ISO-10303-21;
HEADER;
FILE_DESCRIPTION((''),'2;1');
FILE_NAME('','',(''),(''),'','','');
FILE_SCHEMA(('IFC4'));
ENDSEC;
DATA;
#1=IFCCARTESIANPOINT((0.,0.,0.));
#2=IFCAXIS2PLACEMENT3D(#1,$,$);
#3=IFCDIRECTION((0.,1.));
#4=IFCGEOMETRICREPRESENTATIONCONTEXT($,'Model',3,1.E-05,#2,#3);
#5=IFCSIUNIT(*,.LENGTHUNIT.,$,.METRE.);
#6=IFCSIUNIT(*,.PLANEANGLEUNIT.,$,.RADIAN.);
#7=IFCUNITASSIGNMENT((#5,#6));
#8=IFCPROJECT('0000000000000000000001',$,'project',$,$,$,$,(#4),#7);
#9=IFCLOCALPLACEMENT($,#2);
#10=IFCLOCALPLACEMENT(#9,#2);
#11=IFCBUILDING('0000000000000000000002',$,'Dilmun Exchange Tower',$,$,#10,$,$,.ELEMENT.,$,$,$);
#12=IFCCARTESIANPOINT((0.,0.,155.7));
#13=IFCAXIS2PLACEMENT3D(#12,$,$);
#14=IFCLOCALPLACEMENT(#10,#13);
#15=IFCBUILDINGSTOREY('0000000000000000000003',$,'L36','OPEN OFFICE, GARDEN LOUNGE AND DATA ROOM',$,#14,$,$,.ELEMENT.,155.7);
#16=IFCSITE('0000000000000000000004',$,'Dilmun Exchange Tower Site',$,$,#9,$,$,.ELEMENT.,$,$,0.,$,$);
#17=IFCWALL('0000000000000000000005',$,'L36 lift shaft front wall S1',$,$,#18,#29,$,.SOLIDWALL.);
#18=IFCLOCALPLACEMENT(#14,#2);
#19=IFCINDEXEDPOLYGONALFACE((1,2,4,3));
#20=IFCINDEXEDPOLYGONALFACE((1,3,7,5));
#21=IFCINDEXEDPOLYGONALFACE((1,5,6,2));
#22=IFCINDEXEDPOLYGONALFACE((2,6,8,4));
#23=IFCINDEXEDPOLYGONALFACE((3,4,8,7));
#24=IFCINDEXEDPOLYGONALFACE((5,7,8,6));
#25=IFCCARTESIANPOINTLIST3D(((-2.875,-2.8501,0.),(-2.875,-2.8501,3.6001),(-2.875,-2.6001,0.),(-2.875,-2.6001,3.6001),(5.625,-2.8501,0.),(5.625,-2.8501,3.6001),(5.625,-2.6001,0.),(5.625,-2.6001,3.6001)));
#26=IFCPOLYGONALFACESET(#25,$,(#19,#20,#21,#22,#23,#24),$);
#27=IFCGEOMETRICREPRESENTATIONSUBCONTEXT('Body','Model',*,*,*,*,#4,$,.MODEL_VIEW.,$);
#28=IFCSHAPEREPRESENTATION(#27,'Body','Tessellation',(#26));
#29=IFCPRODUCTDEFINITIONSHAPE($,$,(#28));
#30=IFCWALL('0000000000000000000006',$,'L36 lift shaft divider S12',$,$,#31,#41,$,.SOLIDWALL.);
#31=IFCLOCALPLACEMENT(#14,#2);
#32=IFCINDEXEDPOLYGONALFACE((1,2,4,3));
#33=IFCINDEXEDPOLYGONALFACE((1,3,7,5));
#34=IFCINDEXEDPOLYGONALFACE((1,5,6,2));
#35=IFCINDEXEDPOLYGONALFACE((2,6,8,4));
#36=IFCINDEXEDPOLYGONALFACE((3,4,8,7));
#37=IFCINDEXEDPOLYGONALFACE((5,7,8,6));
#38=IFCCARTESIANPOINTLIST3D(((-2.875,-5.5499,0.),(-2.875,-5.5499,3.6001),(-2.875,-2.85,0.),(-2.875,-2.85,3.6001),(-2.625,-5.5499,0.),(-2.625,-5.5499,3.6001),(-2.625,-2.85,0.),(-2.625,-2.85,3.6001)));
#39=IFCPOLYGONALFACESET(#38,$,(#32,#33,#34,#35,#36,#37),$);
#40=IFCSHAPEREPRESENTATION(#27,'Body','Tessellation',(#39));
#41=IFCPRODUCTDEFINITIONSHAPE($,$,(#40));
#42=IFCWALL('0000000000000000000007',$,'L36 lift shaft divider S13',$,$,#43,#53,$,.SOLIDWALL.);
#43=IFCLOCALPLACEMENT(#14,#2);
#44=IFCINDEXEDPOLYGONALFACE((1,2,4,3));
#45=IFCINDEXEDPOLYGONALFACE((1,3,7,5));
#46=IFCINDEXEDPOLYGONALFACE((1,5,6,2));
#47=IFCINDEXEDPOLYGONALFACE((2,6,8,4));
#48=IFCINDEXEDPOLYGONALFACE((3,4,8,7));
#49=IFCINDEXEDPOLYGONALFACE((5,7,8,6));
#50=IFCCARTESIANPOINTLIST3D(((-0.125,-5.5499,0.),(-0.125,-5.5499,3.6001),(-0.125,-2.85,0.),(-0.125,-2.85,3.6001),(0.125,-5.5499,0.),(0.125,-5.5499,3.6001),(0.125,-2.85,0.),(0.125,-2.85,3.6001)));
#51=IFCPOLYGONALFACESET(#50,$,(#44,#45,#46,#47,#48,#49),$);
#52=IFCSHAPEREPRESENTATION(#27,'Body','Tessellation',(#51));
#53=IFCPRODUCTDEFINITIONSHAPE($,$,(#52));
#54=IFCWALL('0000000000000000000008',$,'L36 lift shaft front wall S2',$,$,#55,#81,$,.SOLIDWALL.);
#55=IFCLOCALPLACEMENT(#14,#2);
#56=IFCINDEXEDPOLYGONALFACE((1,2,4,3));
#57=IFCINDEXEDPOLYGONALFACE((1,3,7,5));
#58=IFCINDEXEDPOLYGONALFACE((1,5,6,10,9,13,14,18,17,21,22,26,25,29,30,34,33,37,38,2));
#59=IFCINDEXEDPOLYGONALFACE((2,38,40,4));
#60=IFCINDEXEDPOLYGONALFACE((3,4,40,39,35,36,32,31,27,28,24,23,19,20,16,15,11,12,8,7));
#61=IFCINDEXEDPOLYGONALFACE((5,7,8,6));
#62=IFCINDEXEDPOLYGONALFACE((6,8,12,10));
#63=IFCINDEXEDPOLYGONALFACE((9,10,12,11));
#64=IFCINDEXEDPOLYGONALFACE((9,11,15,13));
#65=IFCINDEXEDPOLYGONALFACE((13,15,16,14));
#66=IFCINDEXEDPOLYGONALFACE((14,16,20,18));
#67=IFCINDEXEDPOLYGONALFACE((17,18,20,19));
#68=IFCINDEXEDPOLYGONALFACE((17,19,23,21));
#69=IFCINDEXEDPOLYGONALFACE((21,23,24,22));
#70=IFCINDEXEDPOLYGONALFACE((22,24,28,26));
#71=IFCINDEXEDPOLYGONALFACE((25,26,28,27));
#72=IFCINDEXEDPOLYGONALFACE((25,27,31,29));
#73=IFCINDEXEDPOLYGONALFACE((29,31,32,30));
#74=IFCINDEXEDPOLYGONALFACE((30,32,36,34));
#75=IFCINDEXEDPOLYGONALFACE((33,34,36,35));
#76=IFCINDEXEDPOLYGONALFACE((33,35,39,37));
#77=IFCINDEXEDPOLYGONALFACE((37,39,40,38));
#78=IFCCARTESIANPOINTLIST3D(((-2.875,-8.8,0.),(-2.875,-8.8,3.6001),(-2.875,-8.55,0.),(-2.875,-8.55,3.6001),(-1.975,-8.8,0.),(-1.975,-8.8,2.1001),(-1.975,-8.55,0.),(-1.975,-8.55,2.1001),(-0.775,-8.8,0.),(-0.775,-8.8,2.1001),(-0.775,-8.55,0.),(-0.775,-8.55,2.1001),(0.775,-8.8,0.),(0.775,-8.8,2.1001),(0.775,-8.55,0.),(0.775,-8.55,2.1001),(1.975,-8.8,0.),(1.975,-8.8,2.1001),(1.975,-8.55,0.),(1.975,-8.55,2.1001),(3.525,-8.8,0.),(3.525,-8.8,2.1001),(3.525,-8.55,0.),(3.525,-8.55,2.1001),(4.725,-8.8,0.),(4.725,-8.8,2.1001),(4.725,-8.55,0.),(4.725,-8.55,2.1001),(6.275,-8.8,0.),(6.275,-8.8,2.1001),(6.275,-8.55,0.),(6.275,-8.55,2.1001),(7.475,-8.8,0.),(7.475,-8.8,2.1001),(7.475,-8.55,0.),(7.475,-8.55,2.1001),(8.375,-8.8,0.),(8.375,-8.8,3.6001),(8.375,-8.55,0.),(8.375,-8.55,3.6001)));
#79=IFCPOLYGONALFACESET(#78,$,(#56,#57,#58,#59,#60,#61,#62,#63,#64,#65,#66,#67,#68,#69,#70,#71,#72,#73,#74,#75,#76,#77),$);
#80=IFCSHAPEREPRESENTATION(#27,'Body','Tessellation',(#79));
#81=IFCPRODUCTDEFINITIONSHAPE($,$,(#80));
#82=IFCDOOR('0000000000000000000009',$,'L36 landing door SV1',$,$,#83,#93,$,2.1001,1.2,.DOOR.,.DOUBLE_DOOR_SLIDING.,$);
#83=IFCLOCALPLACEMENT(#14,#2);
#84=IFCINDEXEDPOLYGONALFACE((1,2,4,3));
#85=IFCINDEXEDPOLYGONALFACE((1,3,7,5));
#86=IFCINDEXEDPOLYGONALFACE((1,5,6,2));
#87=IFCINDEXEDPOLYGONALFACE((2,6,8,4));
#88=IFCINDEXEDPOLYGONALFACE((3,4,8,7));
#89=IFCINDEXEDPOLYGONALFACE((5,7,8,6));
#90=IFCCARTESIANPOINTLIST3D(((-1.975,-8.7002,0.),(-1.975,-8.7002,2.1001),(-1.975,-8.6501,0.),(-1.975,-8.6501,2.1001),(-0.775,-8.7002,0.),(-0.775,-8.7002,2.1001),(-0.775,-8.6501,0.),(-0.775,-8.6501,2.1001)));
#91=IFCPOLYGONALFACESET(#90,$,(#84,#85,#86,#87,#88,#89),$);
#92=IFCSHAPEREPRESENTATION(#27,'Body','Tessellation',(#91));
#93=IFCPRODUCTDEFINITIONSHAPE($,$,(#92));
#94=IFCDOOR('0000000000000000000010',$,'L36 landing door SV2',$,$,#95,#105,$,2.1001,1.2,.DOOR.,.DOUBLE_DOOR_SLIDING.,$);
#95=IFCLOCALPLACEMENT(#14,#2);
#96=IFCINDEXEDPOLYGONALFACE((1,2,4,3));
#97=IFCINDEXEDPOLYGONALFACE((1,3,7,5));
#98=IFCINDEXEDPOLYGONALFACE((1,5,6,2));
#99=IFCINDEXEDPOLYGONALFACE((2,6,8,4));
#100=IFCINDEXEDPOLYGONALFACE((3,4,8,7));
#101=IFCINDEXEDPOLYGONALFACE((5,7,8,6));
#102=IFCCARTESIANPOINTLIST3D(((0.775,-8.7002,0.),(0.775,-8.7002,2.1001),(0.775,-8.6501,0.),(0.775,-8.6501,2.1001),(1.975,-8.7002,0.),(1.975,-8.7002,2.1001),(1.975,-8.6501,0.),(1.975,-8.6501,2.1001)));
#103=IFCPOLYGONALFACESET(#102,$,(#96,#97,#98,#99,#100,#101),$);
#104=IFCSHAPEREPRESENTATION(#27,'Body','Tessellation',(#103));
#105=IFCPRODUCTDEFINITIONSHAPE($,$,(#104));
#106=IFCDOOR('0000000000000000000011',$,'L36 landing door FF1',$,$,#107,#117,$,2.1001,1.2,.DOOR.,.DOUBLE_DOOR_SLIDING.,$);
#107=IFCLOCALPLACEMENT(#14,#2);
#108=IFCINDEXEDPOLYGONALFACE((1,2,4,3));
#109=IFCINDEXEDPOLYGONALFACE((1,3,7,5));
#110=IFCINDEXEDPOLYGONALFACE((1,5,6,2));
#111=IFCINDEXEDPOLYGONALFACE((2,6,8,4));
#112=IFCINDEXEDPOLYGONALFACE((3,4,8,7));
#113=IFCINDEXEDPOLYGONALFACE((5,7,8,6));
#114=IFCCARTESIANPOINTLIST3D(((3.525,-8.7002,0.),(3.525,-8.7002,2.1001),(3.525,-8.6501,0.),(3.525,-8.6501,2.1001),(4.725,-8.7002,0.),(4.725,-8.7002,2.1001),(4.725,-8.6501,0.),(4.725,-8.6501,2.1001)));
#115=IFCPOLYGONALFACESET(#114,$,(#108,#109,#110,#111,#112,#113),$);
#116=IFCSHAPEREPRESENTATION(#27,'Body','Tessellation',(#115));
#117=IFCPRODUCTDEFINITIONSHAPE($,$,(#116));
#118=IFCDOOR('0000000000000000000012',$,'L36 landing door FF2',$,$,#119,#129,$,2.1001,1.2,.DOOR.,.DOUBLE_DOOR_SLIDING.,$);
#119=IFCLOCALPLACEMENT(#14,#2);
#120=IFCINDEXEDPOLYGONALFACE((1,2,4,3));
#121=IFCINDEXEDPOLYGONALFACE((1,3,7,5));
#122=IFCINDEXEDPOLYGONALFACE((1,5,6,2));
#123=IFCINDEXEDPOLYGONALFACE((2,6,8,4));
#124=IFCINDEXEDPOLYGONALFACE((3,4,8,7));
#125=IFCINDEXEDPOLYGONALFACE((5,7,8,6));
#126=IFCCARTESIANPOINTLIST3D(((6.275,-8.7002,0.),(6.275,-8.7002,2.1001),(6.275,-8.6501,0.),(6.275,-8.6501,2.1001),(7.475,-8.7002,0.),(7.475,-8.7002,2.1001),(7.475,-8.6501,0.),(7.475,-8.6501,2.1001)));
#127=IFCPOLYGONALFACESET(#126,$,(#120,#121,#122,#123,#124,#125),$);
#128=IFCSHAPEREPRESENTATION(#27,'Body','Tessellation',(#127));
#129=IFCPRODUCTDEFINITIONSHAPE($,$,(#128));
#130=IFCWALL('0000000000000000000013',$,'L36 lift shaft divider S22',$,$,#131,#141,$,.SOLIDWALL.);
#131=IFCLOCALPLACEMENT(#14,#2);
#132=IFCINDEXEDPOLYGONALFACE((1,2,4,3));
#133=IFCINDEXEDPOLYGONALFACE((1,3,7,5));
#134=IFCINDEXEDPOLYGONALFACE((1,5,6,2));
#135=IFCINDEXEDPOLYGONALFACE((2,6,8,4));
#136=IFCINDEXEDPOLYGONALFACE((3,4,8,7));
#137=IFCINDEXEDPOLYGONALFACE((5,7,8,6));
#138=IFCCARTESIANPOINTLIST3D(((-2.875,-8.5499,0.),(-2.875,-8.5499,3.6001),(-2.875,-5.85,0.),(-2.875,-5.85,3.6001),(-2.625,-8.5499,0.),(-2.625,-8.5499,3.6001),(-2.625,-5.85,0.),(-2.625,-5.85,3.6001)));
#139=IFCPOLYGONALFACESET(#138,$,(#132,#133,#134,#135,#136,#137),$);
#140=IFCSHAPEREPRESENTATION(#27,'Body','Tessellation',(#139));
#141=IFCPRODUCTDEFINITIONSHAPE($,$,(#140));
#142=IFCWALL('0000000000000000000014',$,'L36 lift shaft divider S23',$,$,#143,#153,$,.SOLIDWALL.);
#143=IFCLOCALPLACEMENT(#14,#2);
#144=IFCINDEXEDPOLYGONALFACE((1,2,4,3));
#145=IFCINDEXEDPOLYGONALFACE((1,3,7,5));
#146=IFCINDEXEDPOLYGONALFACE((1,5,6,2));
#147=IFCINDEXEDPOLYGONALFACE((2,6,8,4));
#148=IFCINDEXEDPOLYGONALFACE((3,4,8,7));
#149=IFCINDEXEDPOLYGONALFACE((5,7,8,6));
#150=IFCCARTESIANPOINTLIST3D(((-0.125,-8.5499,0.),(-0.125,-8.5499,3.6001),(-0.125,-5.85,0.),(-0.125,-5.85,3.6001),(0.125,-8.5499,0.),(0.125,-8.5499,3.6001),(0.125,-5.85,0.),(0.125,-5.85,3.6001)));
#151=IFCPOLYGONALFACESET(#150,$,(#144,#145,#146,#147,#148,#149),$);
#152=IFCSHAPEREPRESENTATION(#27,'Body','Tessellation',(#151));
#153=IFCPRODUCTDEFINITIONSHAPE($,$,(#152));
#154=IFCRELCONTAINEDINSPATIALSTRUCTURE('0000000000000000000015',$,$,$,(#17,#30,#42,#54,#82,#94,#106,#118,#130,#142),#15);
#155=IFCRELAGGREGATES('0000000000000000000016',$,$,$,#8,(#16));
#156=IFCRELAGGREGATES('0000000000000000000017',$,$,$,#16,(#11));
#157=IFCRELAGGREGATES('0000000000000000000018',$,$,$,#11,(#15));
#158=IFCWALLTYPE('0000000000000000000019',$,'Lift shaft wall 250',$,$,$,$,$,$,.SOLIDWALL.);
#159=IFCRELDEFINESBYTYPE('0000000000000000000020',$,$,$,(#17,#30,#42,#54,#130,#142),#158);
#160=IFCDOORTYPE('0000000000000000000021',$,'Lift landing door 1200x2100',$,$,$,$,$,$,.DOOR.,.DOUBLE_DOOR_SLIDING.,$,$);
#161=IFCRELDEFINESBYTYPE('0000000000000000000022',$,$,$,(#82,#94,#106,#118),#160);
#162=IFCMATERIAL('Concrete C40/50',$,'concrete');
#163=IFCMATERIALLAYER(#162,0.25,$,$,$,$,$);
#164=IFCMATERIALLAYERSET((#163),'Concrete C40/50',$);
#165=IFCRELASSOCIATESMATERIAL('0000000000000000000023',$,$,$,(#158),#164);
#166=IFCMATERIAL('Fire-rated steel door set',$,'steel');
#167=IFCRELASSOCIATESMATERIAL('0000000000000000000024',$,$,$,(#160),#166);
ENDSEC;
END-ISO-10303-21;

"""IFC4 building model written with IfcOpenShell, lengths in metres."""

from ifc_helpers import new_model, si_unit, direction, frame, frame_2d, origin, place, context, subcontext, project, spatial, rectangle, extrude, material, layer, layer_set, type_object, element, fill, save


model = new_model("IFC4")

# Units and contexts
model_context = context("Model", 3, precision=1e-05, world=origin(), true_north=direction((0.0, 1.0)))
body_context = subcontext(model_context, "Body", "Model", "MODEL_VIEW")
ifc_project = project(units=[si_unit("LENGTHUNIT", "METRE"), si_unit("PLANEANGLEUNIT", "RADIAN")], contexts=[model_context])

# Site, building, storey
site_placement = place(None, origin())
site = spatial("IfcSite", under=ifc_project, at=site_placement, Name="Dilmun Exchange Tower Site", CompositionType="ELEMENT", RefElevation=0.0)
building_placement = place(site_placement, origin())
building = spatial("IfcBuilding", under=site, at=building_placement, Name="Dilmun Exchange Tower", CompositionType="ELEMENT")
storey_placement = place(building_placement, frame((0.0, 0.0, 155.7)))
storey = spatial("IfcBuildingStorey", under=building, at=storey_placement, Name="L36", Description="OPEN OFFICE, GARDEN LOUNGE AND DATA ROOM", CompositionType="ELEMENT", Elevation=155.7)

# Shared definitions
ifc_material_1 = material(Name="Concrete C40/50", Category="concrete")

# Shared definitions
ifc_material_2 = material(Name="Fire-rated steel door set", Category="steel")

# Walls
ifc_layer_1 = layer(ifc_material_1, 0.25)
ifc_layer_set_1 = layer_set([ifc_layer_1], Name="Concrete C40/50")
wall_type_1 = type_object("IfcWallType", Name="Lift shaft wall 250", PredefinedType="SOLIDWALL", material=ifc_layer_set_1)
wall_1_placement = place(storey_placement, frame((-2.875, -2.7251, 0.0), z_axis=(0.0, 0.0, 1.0), x_axis=(1.0, 0.0, 0.0)))
element("IfcWall", 1, at=wall_1_placement, inside=storey, type_object=wall_type_1, Name="L36 lift shaft front wall S1", PredefinedType="SOLIDWALL", context=body_context, shape_type="SweptSolid", body=[
    extrude(rectangle(XDim=8.5, YDim=0.25, at=frame_2d((4.25, 0.0))), origin(), (0.0, 0.0, 1.0), 3.6001),
])
for number, where, z_axis, x_axis, name in (
    (2, (-2.75, -5.55, 0.0), (0.0, 0.0, 1.0), (0.0, 1.0, 0.0), "L36 lift shaft divider S12"),
    (3, (0.0, -5.55, 0.0), (0.0, 0.0, 1.0), (0.0, 1.0, 0.0), "L36 lift shaft divider S13"),
):
    element("IfcWall", number, at=place(storey_placement, frame(where, z_axis=z_axis, x_axis=x_axis)), inside=storey, type_object=wall_type_1, Name=name, PredefinedType="SOLIDWALL", context=body_context, shape_type="SweptSolid", body=[
        extrude(rectangle(XDim=2.7, YDim=0.25, at=frame_2d((1.3501, 0.0))), origin(), (0.0, 0.0, 1.0), 3.6001),
    ])

# Wall, openings, doors
wall_2_placement = place(storey_placement, frame((-2.875, -8.675, 0.0), z_axis=(0.0, 0.0, 1.0), x_axis=(1.0, 0.0, 0.0)))
wall_2 = element("IfcWall", 4, at=wall_2_placement, inside=storey, type_object=wall_type_1, Name="L36 lift shaft front wall S2", PredefinedType="SOLIDWALL", context=body_context, shape_type="SweptSolid", body=[
    extrude(rectangle(XDim=11.25, YDim=0.25, at=frame_2d((5.625, 0.0))), origin(), (0.0, 0.0, 1.0), 3.6001),
])
opening_1_placement = place(wall_2_placement, frame((0.8999, 0.0, 0.0)))
opening_1 = element("IfcOpeningElement", 5, at=opening_1_placement, cuts=wall_2, PredefinedType="OPENING", context=body_context, shape_type="SweptSolid", body=[
    extrude(rectangle(XDim=1.2, YDim=2.1001, at=frame_2d((0.6001, 1.05))), frame((0.0, 0.135, 0.0), z_axis=(0.0, -1.0, 0.0), x_axis=(1.0, 0.0, 0.0)), (0.0, 0.0, 1.0), 0.27),
])
opening_2_placement = place(wall_2_placement, frame((3.6499, 0.0, 0.0)))
opening_2 = element("IfcOpeningElement", 6, at=opening_2_placement, cuts=wall_2, PredefinedType="OPENING", context=body_context, shape_type="SweptSolid", body=[
    extrude(rectangle(XDim=1.2, YDim=2.1001, at=frame_2d((0.6001, 1.05))), frame((0.0, 0.135, 0.0), z_axis=(0.0, -1.0, 0.0), x_axis=(1.0, 0.0, 0.0)), (0.0, 0.0, 1.0), 0.27),
])
opening_3_placement = place(wall_2_placement, frame((6.3999, 0.0, 0.0)))
opening_3 = element("IfcOpeningElement", 7, at=opening_3_placement, cuts=wall_2, PredefinedType="OPENING", context=body_context, shape_type="SweptSolid", body=[
    extrude(rectangle(XDim=1.2, YDim=2.1001, at=frame_2d((0.6001, 1.05))), frame((0.0, 0.135, 0.0), z_axis=(0.0, -1.0, 0.0), x_axis=(1.0, 0.0, 0.0)), (0.0, 0.0, 1.0), 0.27),
])
opening_4_placement = place(wall_2_placement, frame((9.1499, 0.0, 0.0)))
opening_4 = element("IfcOpeningElement", 8, at=opening_4_placement, cuts=wall_2, PredefinedType="OPENING", context=body_context, shape_type="SweptSolid", body=[
    extrude(rectangle(XDim=1.2, YDim=2.1001, at=frame_2d((0.6001, 1.05))), frame((0.0, 0.135, 0.0), z_axis=(0.0, -1.0, 0.0), x_axis=(1.0, 0.0, 0.0)), (0.0, 0.0, 1.0), 0.27),
])
door_type_1 = type_object("IfcDoorType", Name="Lift landing door 1200x2100", OperationType="DOUBLE_DOOR_SLIDING", PredefinedType="DOOR", material=ifc_material_2)
door_1_placement = place(opening_1_placement, origin())
door_1 = element("IfcDoor", 9, at=door_1_placement, inside=storey, type_object=door_type_1, Name="L36 landing door SV1", OperationType="DOUBLE_DOOR_SLIDING", OverallHeight=2.1001, OverallWidth=1.2, PredefinedType="DOOR", context=body_context, shape_type="SweptSolid", body=[
    extrude(rectangle(XDim=1.2, YDim=2.1001, at=frame_2d((0.6001, 1.05))), frame((0.0, 0.0249, 0.0), z_axis=(0.0, -1.0, 0.0), x_axis=(1.0, 0.0, 0.0)), (0.0, 0.0, 1.0), 0.05),
])
fill(opening_1, door_1)
door_2_placement = place(opening_2_placement, origin())
door_2 = element("IfcDoor", 10, at=door_2_placement, inside=storey, type_object=door_type_1, Name="L36 landing door SV2", OperationType="DOUBLE_DOOR_SLIDING", OverallHeight=2.1001, OverallWidth=1.2, PredefinedType="DOOR", context=body_context, shape_type="SweptSolid", body=[
    extrude(rectangle(XDim=1.2, YDim=2.1001, at=frame_2d((0.6001, 1.05))), frame((0.0, 0.0249, 0.0), z_axis=(0.0, -1.0, 0.0), x_axis=(1.0, 0.0, 0.0)), (0.0, 0.0, 1.0), 0.05),
])
fill(opening_2, door_2)
door_3_placement = place(opening_3_placement, origin())
door_3 = element("IfcDoor", 11, at=door_3_placement, inside=storey, type_object=door_type_1, Name="L36 landing door FF1", OperationType="DOUBLE_DOOR_SLIDING", OverallHeight=2.1001, OverallWidth=1.2, PredefinedType="DOOR", context=body_context, shape_type="SweptSolid", body=[
    extrude(rectangle(XDim=1.2, YDim=2.1001, at=frame_2d((0.6001, 1.05))), frame((0.0, 0.0249, 0.0), z_axis=(0.0, -1.0, 0.0), x_axis=(1.0, 0.0, 0.0)), (0.0, 0.0, 1.0), 0.05),
])
fill(opening_3, door_3)
door_4_placement = place(opening_4_placement, origin())
door_4 = element("IfcDoor", 12, at=door_4_placement, inside=storey, type_object=door_type_1, Name="L36 landing door FF2", OperationType="DOUBLE_DOOR_SLIDING", OverallHeight=2.1001, OverallWidth=1.2, PredefinedType="DOOR", context=body_context, shape_type="SweptSolid", body=[
    extrude(rectangle(XDim=1.2, YDim=2.1001, at=frame_2d((0.6001, 1.05))), frame((0.0, 0.0249, 0.0), z_axis=(0.0, -1.0, 0.0), x_axis=(1.0, 0.0, 0.0)), (0.0, 0.0, 1.0), 0.05),
])
fill(opening_4, door_4)

# Walls
for number, where, z_axis, x_axis, name in (
    (13, (-2.75, -8.55, 0.0), (0.0, 0.0, 1.0), (0.0, 1.0, 0.0), "L36 lift shaft divider S22"),
    (14, (0.0, -8.55, 0.0), (0.0, 0.0, 1.0), (0.0, 1.0, 0.0), "L36 lift shaft divider S23"),
):
    element("IfcWall", number, at=place(storey_placement, frame(where, z_axis=z_axis, x_axis=x_axis)), inside=storey, type_object=wall_type_1, Name=name, PredefinedType="SOLIDWALL", context=body_context, shape_type="SweptSolid", body=[
        extrude(rectangle(XDim=2.7, YDim=0.25, at=frame_2d((1.3501, 0.0))), origin(), (0.0, 0.0, 1.0), 3.6001),
    ])

save(model, "model.ifc")
